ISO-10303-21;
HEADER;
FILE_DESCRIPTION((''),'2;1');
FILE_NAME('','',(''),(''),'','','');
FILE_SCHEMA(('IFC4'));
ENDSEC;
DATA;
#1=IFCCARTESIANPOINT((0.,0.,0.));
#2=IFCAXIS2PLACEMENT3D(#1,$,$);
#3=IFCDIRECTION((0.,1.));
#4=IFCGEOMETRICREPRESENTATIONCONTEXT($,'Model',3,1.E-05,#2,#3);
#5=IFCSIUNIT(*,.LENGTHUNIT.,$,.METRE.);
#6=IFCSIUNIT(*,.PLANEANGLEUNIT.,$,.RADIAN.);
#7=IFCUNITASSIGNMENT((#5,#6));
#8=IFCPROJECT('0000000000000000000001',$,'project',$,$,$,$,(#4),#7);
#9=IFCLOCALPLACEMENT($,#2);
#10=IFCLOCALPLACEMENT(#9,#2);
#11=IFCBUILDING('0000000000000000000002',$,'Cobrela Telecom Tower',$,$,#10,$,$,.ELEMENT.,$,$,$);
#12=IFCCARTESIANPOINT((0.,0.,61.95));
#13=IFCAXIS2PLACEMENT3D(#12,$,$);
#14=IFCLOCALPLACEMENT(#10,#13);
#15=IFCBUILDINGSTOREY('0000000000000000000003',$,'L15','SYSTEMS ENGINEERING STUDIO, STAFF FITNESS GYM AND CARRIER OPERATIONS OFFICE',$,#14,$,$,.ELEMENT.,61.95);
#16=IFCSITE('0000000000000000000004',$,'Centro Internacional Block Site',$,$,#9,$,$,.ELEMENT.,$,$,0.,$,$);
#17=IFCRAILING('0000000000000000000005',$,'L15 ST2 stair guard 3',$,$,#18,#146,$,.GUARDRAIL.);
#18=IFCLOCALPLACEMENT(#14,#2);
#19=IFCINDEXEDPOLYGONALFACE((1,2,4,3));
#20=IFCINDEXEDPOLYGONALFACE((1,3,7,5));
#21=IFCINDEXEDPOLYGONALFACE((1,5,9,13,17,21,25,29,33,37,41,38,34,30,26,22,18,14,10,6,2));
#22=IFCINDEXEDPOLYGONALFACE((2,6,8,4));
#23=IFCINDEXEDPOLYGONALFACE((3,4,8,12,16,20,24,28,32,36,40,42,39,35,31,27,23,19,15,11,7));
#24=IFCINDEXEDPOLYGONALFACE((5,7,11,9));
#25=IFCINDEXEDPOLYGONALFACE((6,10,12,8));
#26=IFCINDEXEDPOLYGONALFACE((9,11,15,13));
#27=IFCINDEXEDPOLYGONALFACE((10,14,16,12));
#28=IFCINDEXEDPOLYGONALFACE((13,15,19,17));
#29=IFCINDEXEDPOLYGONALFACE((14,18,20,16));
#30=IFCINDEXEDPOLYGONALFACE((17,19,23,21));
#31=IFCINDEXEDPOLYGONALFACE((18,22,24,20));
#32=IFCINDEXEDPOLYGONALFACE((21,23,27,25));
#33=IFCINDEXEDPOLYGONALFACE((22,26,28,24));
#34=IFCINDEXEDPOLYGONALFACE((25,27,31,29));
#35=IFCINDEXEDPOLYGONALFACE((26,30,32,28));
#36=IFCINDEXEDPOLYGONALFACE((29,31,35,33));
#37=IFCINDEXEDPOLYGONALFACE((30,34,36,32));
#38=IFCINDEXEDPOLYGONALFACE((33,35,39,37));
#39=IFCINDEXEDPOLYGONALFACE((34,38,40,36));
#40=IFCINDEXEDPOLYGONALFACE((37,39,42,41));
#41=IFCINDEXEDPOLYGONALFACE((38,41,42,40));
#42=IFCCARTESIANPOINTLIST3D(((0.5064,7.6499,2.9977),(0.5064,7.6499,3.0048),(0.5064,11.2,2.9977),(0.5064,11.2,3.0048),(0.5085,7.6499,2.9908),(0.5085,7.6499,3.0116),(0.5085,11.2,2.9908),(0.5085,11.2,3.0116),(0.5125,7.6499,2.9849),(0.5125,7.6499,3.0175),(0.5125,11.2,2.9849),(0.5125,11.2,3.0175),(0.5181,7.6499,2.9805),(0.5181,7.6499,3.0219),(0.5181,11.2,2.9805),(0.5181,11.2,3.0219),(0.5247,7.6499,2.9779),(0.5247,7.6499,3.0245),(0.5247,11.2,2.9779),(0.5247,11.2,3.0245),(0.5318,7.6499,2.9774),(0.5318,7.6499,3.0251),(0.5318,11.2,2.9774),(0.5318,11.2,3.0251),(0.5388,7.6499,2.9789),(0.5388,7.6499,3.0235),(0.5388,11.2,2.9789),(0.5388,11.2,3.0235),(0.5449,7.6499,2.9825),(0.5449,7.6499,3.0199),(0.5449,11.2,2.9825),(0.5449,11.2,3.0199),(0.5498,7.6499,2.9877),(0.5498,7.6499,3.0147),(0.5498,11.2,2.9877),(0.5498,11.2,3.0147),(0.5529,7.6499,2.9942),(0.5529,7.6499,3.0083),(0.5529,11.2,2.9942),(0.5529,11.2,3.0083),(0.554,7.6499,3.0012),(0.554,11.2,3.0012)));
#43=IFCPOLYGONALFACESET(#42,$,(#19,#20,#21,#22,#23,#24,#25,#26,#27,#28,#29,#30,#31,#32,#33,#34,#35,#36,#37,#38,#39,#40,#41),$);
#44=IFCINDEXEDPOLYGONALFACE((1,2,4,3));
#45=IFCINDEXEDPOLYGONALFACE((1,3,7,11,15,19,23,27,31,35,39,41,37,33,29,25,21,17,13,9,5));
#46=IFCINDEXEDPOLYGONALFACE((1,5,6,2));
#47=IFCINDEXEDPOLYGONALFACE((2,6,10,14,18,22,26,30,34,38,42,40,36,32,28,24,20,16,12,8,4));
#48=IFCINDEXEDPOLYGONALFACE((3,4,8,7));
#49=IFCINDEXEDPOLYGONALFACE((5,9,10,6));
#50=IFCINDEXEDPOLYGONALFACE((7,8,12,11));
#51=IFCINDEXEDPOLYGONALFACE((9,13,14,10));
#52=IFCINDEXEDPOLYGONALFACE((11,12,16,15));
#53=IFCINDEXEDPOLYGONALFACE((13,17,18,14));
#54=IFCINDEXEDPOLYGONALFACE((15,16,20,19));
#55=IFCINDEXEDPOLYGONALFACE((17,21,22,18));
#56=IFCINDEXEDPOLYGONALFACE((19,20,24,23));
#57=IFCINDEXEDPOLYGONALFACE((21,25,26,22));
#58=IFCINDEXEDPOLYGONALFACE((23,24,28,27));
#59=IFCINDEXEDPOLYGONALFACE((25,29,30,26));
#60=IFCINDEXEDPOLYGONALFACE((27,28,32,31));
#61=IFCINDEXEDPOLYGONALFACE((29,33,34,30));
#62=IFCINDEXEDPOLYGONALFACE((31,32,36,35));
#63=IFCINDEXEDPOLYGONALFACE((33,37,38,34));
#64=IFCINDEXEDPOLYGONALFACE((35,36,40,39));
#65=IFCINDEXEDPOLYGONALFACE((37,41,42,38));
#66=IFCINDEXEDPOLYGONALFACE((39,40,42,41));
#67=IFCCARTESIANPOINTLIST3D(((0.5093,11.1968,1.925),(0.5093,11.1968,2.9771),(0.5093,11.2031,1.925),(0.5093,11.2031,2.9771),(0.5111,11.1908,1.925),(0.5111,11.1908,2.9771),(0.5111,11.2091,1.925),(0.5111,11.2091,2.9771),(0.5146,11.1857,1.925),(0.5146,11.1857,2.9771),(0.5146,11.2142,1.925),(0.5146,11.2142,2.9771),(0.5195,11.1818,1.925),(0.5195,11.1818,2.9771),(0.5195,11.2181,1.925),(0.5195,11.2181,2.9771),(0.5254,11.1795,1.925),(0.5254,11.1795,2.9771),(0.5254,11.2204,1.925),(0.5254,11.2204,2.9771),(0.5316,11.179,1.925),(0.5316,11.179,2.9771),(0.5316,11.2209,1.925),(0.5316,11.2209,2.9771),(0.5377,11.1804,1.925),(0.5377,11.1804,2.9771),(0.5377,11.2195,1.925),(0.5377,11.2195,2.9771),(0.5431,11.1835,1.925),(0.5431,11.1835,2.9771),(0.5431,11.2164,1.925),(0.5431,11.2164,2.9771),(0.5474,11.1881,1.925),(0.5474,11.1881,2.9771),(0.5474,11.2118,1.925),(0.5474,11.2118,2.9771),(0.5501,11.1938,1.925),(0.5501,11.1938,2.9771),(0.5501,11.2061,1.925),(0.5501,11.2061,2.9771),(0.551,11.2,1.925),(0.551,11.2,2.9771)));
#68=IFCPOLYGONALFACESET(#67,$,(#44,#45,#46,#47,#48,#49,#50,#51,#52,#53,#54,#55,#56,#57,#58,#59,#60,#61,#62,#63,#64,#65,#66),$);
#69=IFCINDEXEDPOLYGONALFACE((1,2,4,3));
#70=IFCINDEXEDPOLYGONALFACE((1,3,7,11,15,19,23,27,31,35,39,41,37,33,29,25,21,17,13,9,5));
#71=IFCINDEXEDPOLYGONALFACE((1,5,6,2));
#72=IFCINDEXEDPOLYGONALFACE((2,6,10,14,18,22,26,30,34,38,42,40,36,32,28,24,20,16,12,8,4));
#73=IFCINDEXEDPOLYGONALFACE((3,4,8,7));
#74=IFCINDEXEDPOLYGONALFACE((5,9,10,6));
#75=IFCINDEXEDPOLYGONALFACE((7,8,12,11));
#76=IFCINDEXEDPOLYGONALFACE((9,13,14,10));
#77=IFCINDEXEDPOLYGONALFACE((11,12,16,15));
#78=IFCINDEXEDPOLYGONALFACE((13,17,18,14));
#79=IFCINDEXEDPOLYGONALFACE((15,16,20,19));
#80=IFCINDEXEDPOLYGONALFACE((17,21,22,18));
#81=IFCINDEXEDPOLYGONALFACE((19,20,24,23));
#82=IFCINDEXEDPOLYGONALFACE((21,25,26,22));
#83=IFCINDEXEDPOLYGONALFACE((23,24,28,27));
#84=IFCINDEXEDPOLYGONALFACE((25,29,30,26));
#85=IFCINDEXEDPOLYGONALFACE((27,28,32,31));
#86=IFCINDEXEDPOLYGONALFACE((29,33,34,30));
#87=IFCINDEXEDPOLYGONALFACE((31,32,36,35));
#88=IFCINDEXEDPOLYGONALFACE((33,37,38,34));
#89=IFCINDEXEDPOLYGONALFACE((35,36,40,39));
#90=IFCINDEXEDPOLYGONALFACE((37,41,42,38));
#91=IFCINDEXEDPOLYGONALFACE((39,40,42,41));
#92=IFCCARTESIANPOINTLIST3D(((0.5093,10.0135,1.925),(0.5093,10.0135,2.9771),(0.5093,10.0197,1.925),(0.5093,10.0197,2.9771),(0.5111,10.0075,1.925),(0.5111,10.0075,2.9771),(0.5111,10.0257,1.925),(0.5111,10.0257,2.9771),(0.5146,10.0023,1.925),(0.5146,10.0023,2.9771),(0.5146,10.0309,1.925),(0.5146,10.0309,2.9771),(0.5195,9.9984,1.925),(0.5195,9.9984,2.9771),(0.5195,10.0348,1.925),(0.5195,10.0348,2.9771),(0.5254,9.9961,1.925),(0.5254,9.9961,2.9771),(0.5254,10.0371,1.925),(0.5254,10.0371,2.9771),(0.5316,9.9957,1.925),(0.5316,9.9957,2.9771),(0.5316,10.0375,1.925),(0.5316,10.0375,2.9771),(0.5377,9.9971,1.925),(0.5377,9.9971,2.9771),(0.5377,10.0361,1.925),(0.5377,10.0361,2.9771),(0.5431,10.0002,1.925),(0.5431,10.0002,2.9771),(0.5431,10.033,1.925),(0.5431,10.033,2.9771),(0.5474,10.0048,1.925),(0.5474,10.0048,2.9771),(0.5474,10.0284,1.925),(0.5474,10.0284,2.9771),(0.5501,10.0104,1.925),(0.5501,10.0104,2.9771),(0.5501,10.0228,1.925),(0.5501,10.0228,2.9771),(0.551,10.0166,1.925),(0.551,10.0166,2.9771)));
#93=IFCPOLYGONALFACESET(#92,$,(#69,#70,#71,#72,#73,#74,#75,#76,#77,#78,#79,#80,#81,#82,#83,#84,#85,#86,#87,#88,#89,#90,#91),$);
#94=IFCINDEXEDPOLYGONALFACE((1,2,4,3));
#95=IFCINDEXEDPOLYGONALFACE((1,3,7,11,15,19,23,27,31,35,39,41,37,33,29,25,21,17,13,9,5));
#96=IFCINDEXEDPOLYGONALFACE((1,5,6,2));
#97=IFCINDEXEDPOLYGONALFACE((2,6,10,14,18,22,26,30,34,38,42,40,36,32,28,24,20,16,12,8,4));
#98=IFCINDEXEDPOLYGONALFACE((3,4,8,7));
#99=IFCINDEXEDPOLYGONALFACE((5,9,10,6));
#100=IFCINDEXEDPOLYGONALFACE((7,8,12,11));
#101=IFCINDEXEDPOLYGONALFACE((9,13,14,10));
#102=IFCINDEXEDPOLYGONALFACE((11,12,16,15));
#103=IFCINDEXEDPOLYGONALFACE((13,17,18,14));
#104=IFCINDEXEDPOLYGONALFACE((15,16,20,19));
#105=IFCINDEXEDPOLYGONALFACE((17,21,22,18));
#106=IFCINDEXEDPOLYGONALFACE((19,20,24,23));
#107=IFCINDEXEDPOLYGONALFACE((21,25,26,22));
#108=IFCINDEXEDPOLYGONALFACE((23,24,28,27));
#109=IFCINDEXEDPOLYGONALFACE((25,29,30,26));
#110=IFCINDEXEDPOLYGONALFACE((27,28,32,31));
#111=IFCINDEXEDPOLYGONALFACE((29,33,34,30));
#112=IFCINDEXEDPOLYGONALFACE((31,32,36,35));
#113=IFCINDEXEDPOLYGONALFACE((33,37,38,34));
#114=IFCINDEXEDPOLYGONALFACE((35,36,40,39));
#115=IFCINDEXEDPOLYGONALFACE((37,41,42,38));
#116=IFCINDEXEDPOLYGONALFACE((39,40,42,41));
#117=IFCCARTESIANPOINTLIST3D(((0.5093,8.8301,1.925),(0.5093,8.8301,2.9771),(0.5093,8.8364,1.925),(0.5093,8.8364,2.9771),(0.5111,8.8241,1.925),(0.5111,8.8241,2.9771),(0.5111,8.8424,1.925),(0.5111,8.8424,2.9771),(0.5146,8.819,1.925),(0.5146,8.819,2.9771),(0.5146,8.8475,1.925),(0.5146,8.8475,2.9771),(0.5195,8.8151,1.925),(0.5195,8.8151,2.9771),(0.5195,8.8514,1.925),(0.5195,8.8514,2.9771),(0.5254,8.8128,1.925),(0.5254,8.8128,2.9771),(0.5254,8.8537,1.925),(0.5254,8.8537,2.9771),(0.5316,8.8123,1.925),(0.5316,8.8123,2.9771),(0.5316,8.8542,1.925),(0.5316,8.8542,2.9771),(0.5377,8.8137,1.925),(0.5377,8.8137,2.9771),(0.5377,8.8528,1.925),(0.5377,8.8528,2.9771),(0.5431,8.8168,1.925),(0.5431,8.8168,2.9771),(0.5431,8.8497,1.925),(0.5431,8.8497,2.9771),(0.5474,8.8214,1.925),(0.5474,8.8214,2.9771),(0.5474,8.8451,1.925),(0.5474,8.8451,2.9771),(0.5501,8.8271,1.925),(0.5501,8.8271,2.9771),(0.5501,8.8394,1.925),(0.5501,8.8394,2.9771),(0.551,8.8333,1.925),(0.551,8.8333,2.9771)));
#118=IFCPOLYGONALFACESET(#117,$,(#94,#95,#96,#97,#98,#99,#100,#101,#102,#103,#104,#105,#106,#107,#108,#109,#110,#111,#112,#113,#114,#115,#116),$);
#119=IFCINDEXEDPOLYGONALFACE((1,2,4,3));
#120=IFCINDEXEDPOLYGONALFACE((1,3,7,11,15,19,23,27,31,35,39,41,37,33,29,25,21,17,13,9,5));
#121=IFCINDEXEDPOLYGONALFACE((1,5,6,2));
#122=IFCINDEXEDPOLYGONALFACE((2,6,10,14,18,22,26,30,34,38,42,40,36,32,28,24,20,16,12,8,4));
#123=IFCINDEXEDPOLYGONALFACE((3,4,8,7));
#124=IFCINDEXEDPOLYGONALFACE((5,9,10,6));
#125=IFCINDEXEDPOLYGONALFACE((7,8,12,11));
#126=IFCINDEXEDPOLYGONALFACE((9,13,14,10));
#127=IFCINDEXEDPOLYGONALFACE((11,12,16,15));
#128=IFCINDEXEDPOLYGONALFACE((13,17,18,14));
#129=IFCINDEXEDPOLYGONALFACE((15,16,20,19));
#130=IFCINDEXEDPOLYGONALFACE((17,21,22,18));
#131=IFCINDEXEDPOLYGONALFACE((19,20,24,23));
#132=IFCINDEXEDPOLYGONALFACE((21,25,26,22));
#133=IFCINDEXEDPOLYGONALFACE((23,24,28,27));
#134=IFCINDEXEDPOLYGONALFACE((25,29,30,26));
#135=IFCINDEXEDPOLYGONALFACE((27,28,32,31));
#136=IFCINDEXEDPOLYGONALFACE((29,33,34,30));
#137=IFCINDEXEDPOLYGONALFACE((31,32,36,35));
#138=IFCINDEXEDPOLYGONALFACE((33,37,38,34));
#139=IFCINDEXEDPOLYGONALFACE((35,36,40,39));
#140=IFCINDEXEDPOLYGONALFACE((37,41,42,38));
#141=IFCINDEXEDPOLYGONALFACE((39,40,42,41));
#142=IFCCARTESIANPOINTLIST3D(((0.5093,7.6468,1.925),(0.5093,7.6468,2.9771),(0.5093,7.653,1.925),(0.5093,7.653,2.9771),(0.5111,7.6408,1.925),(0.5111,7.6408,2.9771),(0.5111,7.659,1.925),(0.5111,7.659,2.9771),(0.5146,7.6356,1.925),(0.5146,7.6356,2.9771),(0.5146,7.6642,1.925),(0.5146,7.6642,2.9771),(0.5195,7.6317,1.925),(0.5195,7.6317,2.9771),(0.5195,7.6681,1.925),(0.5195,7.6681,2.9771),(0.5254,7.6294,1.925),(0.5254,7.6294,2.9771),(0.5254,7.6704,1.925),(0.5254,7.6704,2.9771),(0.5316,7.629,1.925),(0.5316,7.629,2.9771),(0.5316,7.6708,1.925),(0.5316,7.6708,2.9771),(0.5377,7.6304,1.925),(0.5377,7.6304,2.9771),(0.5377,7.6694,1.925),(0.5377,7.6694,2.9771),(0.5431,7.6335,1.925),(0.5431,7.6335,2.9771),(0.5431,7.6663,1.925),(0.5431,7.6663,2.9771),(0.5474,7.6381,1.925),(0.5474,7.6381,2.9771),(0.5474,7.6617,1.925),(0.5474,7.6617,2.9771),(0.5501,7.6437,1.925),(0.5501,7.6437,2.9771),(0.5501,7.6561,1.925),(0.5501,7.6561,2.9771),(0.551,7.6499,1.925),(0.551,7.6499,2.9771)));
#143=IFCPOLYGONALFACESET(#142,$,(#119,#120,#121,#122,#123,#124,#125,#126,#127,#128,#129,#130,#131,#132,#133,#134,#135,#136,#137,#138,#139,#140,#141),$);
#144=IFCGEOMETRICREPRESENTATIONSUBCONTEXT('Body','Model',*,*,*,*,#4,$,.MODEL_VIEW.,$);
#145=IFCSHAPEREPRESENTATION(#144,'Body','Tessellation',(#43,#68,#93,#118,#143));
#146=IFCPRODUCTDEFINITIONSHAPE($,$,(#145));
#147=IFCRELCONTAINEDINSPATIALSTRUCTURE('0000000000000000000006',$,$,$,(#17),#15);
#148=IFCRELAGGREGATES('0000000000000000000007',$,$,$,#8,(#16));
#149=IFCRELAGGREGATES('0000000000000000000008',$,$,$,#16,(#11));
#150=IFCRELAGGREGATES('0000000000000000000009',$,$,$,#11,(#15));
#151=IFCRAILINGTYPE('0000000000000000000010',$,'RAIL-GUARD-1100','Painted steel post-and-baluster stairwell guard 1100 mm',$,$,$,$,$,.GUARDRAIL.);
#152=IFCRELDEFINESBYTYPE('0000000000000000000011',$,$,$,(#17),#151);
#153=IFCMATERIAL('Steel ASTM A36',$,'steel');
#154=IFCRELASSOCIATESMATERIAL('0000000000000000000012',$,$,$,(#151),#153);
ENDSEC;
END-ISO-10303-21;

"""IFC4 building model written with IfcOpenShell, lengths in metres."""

from ifc_helpers import new_model, si_unit, direction, frame, origin, origin_2d, place, context, subcontext, project, spatial, circle, extrude, material, type_object, element, save


model = new_model("IFC4")

# Units and contexts
model_context = context("Model", 3, precision=1e-05, world=origin(), true_north=direction((0.0, 1.0)))
body_context = subcontext(model_context, "Body", "Model", "MODEL_VIEW")
ifc_project = project(units=[si_unit("LENGTHUNIT", "METRE"), si_unit("PLANEANGLEUNIT", "RADIAN")], contexts=[model_context])

# Site, building, storey
site_placement = place(None, origin())
site = spatial("IfcSite", under=ifc_project, at=site_placement, Name="Centro Internacional Block Site", CompositionType="ELEMENT", RefElevation=0.0)
building_placement = place(site_placement, origin())
building = spatial("IfcBuilding", under=site, at=building_placement, Name="Cobrela Telecom Tower", CompositionType="ELEMENT")
storey_placement = place(building_placement, frame((0.0, 0.0, 61.95)))
storey = spatial("IfcBuildingStorey", under=building, at=storey_placement, Name="L15", Description="SYSTEMS ENGINEERING STUDIO, STAFF FITNESS GYM AND CARRIER OPERATIONS OFFICE", CompositionType="ELEMENT", Elevation=61.95)

# Railing
ifc_material_1 = material(Name="Steel ASTM A36", Category="steel")
railing_type_1 = type_object("IfcRailingType", Name="RAIL-GUARD-1100", Description="Painted steel post-and-baluster stairwell guard 1100 mm", PredefinedType="GUARDRAIL", material=ifc_material_1)
railing_1_placement = place(storey_placement, frame((0.53, 11.2, 1.925)))
element("IfcRailing", 1, at=railing_1_placement, inside=storey, type_object=railing_type_1, Name="L15 ST2 stair guard 3", PredefinedType="GUARDRAIL", context=body_context, shape_type="SweptSolid", body=[
    extrude(circle(Radius=0.0239, at=origin_2d()), frame((0.0, 0.0, 1.0762), z_axis=(0.0, -1.0, 0.0), x_axis=(1.0, 0.0, 0.0)), (0.0, 0.0, 1.0), 3.55),
    extrude(circle(Radius=0.021, at=origin_2d()), origin(), (0.0, 0.0, 1.0), 1.052),
    extrude(circle(Radius=0.021, at=origin_2d()), frame((0.0, -1.1833, 0.0)), (0.0, 0.0, 1.0), 1.052),
    extrude(circle(Radius=0.021, at=origin_2d()), frame((0.0, -2.3667, 0.0)), (0.0, 0.0, 1.0), 1.052),
    extrude(circle(Radius=0.021, at=origin_2d()), frame((0.0, -3.55, 0.0)), (0.0, 0.0, 1.0), 1.052),
])

save(model, "model.ifc")
